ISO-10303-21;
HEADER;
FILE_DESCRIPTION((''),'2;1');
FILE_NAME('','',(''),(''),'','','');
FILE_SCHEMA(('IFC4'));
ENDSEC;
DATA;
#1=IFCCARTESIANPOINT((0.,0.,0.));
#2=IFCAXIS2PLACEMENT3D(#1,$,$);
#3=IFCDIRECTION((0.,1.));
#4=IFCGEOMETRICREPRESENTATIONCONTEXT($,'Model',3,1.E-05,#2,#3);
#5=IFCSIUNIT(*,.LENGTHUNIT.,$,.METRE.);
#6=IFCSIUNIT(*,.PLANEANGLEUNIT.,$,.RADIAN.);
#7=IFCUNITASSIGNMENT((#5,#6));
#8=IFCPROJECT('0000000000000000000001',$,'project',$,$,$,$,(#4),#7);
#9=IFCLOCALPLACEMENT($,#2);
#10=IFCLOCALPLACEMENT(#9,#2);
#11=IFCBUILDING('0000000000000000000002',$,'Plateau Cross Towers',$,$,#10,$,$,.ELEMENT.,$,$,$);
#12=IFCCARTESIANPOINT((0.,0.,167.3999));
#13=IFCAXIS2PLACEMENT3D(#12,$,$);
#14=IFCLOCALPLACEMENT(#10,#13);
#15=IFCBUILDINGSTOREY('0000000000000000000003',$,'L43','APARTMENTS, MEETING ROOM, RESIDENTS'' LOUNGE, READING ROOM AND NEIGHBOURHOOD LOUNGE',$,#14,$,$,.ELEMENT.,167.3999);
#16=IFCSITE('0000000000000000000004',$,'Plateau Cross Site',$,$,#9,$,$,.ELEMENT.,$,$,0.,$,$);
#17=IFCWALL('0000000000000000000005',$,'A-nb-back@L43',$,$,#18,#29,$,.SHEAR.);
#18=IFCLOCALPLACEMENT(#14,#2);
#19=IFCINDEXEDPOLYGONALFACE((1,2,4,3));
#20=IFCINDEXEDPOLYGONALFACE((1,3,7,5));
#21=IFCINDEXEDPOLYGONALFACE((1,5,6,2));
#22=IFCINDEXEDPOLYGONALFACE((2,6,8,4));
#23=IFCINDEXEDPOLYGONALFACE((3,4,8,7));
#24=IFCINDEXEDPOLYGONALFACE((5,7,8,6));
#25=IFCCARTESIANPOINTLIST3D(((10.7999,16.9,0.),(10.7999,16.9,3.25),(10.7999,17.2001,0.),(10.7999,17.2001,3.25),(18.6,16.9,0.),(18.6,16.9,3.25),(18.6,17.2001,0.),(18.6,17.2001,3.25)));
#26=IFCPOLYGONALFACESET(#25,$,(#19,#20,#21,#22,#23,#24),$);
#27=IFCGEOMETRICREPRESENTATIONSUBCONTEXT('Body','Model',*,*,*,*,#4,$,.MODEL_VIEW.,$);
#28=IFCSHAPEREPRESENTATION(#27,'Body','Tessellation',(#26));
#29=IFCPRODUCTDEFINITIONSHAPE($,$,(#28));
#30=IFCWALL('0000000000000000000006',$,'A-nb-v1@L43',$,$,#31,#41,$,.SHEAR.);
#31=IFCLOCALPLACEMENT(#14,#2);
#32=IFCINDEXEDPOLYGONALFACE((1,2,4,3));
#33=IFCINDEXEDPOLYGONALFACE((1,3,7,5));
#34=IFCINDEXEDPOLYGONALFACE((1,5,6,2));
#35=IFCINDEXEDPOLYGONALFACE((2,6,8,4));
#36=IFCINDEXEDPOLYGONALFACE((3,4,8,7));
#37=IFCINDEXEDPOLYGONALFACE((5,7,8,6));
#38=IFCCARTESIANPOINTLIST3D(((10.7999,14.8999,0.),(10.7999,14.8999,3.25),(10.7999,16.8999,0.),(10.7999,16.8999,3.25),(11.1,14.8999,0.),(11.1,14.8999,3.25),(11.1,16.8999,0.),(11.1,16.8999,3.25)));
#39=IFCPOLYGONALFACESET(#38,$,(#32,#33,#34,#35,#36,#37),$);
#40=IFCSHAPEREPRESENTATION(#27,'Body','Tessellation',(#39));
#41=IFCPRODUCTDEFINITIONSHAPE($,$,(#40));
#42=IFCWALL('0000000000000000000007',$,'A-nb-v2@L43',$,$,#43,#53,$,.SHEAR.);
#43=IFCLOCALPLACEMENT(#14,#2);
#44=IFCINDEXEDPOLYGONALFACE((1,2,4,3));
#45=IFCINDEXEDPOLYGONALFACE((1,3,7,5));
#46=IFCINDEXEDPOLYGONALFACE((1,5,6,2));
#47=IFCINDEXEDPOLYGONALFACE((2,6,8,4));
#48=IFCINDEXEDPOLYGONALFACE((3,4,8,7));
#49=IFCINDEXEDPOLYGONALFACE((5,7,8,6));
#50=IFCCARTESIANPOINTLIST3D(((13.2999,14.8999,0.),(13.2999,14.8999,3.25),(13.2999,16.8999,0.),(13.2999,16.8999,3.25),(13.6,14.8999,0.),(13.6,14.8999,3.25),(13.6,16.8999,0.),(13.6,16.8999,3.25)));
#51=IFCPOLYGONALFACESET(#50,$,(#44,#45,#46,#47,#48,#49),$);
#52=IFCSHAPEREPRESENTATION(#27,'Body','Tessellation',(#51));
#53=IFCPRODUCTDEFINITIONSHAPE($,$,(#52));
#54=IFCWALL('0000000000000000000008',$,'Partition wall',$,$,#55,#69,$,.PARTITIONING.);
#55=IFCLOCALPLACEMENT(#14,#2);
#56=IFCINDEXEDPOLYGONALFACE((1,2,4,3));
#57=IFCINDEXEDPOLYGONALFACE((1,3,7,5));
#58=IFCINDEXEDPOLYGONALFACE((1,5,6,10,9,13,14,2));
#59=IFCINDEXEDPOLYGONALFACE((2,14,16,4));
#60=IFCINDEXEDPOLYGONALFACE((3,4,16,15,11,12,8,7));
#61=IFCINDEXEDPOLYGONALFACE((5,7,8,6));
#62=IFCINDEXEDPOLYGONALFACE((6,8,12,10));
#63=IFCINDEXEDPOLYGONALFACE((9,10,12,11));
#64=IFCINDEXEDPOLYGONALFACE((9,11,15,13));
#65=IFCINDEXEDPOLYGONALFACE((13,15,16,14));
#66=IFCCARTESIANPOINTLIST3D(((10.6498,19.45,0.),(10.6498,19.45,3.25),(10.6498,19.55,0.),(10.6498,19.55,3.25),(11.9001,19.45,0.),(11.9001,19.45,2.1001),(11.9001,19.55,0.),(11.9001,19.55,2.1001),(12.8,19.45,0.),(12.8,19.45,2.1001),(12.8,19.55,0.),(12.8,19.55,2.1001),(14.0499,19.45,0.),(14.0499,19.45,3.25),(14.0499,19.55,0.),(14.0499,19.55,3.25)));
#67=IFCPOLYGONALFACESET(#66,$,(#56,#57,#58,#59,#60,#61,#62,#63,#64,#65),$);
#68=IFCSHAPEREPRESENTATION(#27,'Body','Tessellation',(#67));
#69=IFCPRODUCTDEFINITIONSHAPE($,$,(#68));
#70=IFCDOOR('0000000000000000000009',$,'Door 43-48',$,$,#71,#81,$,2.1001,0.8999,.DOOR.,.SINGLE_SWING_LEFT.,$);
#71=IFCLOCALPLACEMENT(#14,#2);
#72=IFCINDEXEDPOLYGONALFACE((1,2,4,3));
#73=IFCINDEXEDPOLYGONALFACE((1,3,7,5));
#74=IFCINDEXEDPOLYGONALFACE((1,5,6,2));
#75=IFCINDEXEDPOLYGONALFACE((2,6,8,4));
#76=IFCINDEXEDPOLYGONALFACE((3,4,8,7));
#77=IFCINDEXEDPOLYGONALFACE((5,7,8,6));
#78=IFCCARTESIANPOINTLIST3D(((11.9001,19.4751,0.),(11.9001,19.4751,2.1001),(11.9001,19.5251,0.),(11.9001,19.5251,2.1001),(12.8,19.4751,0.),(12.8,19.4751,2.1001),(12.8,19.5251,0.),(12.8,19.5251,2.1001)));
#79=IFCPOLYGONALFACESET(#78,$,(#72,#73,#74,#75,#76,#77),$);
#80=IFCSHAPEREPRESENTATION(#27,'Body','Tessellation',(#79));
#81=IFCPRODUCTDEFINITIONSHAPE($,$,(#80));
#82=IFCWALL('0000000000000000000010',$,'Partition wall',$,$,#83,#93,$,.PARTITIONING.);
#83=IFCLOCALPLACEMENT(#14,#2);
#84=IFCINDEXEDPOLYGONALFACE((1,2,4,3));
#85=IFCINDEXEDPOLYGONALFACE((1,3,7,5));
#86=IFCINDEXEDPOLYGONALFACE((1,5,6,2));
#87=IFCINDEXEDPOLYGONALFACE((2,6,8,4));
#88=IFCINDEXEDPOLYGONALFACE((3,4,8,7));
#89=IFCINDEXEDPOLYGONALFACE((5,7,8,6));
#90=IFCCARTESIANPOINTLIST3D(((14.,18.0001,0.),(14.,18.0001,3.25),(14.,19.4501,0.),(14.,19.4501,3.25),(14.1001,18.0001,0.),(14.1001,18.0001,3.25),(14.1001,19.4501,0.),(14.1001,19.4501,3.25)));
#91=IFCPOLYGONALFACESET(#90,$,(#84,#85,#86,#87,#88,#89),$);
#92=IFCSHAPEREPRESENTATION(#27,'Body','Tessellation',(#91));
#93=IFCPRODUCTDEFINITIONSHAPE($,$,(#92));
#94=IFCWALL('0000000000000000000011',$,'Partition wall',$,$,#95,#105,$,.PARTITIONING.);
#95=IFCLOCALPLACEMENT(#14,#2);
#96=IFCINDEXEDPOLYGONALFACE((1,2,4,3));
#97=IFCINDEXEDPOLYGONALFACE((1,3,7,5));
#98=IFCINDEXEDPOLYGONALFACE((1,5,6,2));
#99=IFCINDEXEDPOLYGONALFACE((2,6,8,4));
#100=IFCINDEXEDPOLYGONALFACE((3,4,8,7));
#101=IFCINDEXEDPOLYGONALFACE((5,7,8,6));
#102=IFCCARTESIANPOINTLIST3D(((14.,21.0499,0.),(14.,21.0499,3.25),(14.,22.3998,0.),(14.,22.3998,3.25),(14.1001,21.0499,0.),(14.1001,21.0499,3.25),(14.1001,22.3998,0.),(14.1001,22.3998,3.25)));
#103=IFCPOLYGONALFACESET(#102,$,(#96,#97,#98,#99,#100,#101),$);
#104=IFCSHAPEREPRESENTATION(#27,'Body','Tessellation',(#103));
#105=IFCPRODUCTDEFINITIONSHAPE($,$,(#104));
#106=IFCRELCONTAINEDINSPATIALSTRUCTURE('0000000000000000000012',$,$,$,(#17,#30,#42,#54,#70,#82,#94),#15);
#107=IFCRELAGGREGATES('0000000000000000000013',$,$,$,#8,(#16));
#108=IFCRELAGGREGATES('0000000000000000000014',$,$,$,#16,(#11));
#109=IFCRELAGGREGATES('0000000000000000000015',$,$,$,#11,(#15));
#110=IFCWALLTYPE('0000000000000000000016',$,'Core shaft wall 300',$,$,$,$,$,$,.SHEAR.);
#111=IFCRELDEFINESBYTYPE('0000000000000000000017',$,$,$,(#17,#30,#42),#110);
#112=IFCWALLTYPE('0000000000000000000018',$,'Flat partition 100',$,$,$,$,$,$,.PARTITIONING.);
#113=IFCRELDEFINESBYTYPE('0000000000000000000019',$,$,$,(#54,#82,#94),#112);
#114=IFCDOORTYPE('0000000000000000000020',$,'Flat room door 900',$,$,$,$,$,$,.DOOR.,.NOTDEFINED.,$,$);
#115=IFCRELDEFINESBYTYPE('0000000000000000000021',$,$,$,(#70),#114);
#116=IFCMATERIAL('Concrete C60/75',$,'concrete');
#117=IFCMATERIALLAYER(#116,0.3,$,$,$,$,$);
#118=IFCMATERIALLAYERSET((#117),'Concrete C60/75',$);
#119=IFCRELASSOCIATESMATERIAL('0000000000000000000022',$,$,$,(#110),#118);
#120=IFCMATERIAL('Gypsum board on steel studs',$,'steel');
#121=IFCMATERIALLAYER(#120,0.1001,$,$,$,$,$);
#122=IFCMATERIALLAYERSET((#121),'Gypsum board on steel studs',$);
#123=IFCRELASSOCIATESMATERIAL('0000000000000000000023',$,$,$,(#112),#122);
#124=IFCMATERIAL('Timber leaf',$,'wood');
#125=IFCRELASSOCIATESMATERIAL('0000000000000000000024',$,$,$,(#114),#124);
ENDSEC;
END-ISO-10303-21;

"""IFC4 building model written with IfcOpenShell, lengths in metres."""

from ifc_helpers import new_model, si_unit, direction, frame, frame_2d, origin, place, context, subcontext, project, spatial, rectangle, extrude, material, layer, layer_set, type_object, element, fill, save


model = new_model("IFC4")

# Units and contexts
model_context = context("Model", 3, precision=1e-05, world=origin(), true_north=direction((0.0, 1.0)))
body_context = subcontext(model_context, "Body", "Model", "MODEL_VIEW")
ifc_project = project(units=[si_unit("LENGTHUNIT", "METRE"), si_unit("PLANEANGLEUNIT", "RADIAN")], contexts=[model_context])

# Site, building, storey
site_placement = place(None, origin())
site = spatial("IfcSite", under=ifc_project, at=site_placement, Name="Plateau Cross Site", CompositionType="ELEMENT", RefElevation=0.0)
building_placement = place(site_placement, origin())
building = spatial("IfcBuilding", under=site, at=building_placement, Name="Plateau Cross Towers", CompositionType="ELEMENT")
storey_placement = place(building_placement, frame((0.0, 0.0, 167.3999)))
storey = spatial("IfcBuildingStorey", under=building, at=storey_placement, Name="L43", Description="APARTMENTS, MEETING ROOM, RESIDENTS' LOUNGE, READING ROOM AND NEIGHBOURHOOD LOUNGE", CompositionType="ELEMENT", Elevation=167.3999)

# Walls
ifc_material_1 = material(Name="Concrete C60/75", Category="concrete")
ifc_layer_1 = layer(ifc_material_1, 0.3)
ifc_layer_set_1 = layer_set([ifc_layer_1], Name="Concrete C60/75")
wall_type_1 = type_object("IfcWallType", Name="Core shaft wall 300", PredefinedType="SHEAR", material=ifc_layer_set_1)
wall_1_placement = place(storey_placement, frame((10.8, 17.05, 0.0), z_axis=(0.0, 0.0, 1.0), x_axis=(1.0, 0.0, 0.0)))
element("IfcWall", 1, at=wall_1_placement, inside=storey, type_object=wall_type_1, Name="A-nb-back@L43", PredefinedType="SHEAR", context=body_context, shape_type="SweptSolid", body=[
    extrude(rectangle(XDim=7.8, YDim=0.3, at=frame_2d((3.8999, 0.0))), origin(), (0.0, 0.0, 1.0), 3.25),
])
for number, where, z_axis, x_axis, name in (
    (2, (10.95, 14.8999, 0.0), (0.0, 0.0, 1.0), (0.0, 1.0, 0.0), "A-nb-v1@L43"),
    (3, (13.45, 14.8999, 0.0), (0.0, 0.0, 1.0), (0.0, 1.0, 0.0), "A-nb-v2@L43"),
):
    element("IfcWall", number, at=place(storey_placement, frame(where, z_axis=z_axis, x_axis=x_axis)), inside=storey, type_object=wall_type_1, Name=name, PredefinedType="SHEAR", context=body_context, shape_type="SweptSolid", body=[
        extrude(rectangle(XDim=2.0, YDim=0.3, at=frame_2d((1.0, 0.0))), origin(), (0.0, 0.0, 1.0), 3.25),
    ])

# Wall, opening, door
ifc_material_2 = material(Name="Gypsum board on steel studs", Category="steel")
ifc_layer_2 = layer(ifc_material_2, 0.1001)
ifc_layer_set_2 = layer_set([ifc_layer_2], Name="Gypsum board on steel studs")
wall_type_2 = type_object("IfcWallType", Name="Flat partition 100", PredefinedType="PARTITIONING", material=ifc_layer_set_2)
wall_2_placement = place(storey_placement, frame((14.05, 19.5, 0.0), z_axis=(0.0, 0.0, 1.0), x_axis=(-1.0, 0.0, 0.0)))
wall_2 = element("IfcWall", 4, at=wall_2_placement, inside=storey, type_object=wall_type_2, Name="Partition wall", PredefinedType="PARTITIONING", context=body_context, shape_type="SweptSolid", body=[
    extrude(rectangle(XDim=3.4001, YDim=0.1001, at=frame_2d((1.7002, 0.0))), origin(), (0.0, 0.0, 1.0), 3.25),
])
opening_placement = place(wall_2_placement, frame((1.25, 0.0, 0.0)))
opening = element("IfcOpeningElement", 5, at=opening_placement, cuts=wall_2, PredefinedType="OPENING", context=body_context, shape_type="SweptSolid", body=[
    extrude(rectangle(XDim=0.8999, YDim=2.1001, at=frame_2d((0.45, 1.05))), frame((0.0, 0.0601, 0.0), z_axis=(0.0, -1.0, 0.0), x_axis=(1.0, 0.0, 0.0)), (0.0, 0.0, 1.0), 0.1201),
])
ifc_material_3 = material(Name="Timber leaf", Category="wood")
door_type = type_object("IfcDoorType", Name="Flat room door 900", OperationType="NOTDEFINED", PredefinedType="DOOR", material=ifc_material_3)
door_placement = place(opening_placement, origin())
door = element("IfcDoor", 6, at=door_placement, inside=storey, type_object=door_type, Name="Door 43-48", OperationType="SINGLE_SWING_LEFT", OverallHeight=2.1001, OverallWidth=0.8999, PredefinedType="DOOR", context=body_context, shape_type="SweptSolid", body=[
    extrude(rectangle(XDim=0.8999, YDim=2.1001, at=frame_2d((0.45, 1.05))), frame((0.0, 0.0249, 0.0), z_axis=(0.0, -1.0, 0.0), x_axis=(1.0, 0.0, 0.0)), (0.0, 0.0, 1.0), 0.05),
])
fill(opening, door)

# Walls
wall_3_placement = place(storey_placement, frame((14.05, 18.0, 0.0), z_axis=(0.0, 0.0, 1.0), x_axis=(0.0, 1.0, 0.0)))
element("IfcWall", 7, at=wall_3_placement, inside=storey, type_object=wall_type_2, Name="Partition wall", PredefinedType="PARTITIONING", context=body_context, shape_type="SweptSolid", body=[
    extrude(rectangle(XDim=1.45, YDim=0.1001, at=frame_2d((0.7251, 0.0))), origin(), (0.0, 0.0, 1.0), 3.25),
])
wall_4_placement = place(storey_placement, frame((14.05, 21.05, 0.0), z_axis=(0.0, 0.0, 1.0), x_axis=(0.0, 1.0, 0.0)))
element("IfcWall", 8, at=wall_4_placement, inside=storey, type_object=wall_type_2, Name="Partition wall", PredefinedType="PARTITIONING", context=body_context, shape_type="SweptSolid", body=[
    extrude(rectangle(XDim=1.3499, YDim=0.1001, at=frame_2d((0.6748, 0.0))), origin(), (0.0, 0.0, 1.0), 3.25),
])

save(model, "model.ifc")
